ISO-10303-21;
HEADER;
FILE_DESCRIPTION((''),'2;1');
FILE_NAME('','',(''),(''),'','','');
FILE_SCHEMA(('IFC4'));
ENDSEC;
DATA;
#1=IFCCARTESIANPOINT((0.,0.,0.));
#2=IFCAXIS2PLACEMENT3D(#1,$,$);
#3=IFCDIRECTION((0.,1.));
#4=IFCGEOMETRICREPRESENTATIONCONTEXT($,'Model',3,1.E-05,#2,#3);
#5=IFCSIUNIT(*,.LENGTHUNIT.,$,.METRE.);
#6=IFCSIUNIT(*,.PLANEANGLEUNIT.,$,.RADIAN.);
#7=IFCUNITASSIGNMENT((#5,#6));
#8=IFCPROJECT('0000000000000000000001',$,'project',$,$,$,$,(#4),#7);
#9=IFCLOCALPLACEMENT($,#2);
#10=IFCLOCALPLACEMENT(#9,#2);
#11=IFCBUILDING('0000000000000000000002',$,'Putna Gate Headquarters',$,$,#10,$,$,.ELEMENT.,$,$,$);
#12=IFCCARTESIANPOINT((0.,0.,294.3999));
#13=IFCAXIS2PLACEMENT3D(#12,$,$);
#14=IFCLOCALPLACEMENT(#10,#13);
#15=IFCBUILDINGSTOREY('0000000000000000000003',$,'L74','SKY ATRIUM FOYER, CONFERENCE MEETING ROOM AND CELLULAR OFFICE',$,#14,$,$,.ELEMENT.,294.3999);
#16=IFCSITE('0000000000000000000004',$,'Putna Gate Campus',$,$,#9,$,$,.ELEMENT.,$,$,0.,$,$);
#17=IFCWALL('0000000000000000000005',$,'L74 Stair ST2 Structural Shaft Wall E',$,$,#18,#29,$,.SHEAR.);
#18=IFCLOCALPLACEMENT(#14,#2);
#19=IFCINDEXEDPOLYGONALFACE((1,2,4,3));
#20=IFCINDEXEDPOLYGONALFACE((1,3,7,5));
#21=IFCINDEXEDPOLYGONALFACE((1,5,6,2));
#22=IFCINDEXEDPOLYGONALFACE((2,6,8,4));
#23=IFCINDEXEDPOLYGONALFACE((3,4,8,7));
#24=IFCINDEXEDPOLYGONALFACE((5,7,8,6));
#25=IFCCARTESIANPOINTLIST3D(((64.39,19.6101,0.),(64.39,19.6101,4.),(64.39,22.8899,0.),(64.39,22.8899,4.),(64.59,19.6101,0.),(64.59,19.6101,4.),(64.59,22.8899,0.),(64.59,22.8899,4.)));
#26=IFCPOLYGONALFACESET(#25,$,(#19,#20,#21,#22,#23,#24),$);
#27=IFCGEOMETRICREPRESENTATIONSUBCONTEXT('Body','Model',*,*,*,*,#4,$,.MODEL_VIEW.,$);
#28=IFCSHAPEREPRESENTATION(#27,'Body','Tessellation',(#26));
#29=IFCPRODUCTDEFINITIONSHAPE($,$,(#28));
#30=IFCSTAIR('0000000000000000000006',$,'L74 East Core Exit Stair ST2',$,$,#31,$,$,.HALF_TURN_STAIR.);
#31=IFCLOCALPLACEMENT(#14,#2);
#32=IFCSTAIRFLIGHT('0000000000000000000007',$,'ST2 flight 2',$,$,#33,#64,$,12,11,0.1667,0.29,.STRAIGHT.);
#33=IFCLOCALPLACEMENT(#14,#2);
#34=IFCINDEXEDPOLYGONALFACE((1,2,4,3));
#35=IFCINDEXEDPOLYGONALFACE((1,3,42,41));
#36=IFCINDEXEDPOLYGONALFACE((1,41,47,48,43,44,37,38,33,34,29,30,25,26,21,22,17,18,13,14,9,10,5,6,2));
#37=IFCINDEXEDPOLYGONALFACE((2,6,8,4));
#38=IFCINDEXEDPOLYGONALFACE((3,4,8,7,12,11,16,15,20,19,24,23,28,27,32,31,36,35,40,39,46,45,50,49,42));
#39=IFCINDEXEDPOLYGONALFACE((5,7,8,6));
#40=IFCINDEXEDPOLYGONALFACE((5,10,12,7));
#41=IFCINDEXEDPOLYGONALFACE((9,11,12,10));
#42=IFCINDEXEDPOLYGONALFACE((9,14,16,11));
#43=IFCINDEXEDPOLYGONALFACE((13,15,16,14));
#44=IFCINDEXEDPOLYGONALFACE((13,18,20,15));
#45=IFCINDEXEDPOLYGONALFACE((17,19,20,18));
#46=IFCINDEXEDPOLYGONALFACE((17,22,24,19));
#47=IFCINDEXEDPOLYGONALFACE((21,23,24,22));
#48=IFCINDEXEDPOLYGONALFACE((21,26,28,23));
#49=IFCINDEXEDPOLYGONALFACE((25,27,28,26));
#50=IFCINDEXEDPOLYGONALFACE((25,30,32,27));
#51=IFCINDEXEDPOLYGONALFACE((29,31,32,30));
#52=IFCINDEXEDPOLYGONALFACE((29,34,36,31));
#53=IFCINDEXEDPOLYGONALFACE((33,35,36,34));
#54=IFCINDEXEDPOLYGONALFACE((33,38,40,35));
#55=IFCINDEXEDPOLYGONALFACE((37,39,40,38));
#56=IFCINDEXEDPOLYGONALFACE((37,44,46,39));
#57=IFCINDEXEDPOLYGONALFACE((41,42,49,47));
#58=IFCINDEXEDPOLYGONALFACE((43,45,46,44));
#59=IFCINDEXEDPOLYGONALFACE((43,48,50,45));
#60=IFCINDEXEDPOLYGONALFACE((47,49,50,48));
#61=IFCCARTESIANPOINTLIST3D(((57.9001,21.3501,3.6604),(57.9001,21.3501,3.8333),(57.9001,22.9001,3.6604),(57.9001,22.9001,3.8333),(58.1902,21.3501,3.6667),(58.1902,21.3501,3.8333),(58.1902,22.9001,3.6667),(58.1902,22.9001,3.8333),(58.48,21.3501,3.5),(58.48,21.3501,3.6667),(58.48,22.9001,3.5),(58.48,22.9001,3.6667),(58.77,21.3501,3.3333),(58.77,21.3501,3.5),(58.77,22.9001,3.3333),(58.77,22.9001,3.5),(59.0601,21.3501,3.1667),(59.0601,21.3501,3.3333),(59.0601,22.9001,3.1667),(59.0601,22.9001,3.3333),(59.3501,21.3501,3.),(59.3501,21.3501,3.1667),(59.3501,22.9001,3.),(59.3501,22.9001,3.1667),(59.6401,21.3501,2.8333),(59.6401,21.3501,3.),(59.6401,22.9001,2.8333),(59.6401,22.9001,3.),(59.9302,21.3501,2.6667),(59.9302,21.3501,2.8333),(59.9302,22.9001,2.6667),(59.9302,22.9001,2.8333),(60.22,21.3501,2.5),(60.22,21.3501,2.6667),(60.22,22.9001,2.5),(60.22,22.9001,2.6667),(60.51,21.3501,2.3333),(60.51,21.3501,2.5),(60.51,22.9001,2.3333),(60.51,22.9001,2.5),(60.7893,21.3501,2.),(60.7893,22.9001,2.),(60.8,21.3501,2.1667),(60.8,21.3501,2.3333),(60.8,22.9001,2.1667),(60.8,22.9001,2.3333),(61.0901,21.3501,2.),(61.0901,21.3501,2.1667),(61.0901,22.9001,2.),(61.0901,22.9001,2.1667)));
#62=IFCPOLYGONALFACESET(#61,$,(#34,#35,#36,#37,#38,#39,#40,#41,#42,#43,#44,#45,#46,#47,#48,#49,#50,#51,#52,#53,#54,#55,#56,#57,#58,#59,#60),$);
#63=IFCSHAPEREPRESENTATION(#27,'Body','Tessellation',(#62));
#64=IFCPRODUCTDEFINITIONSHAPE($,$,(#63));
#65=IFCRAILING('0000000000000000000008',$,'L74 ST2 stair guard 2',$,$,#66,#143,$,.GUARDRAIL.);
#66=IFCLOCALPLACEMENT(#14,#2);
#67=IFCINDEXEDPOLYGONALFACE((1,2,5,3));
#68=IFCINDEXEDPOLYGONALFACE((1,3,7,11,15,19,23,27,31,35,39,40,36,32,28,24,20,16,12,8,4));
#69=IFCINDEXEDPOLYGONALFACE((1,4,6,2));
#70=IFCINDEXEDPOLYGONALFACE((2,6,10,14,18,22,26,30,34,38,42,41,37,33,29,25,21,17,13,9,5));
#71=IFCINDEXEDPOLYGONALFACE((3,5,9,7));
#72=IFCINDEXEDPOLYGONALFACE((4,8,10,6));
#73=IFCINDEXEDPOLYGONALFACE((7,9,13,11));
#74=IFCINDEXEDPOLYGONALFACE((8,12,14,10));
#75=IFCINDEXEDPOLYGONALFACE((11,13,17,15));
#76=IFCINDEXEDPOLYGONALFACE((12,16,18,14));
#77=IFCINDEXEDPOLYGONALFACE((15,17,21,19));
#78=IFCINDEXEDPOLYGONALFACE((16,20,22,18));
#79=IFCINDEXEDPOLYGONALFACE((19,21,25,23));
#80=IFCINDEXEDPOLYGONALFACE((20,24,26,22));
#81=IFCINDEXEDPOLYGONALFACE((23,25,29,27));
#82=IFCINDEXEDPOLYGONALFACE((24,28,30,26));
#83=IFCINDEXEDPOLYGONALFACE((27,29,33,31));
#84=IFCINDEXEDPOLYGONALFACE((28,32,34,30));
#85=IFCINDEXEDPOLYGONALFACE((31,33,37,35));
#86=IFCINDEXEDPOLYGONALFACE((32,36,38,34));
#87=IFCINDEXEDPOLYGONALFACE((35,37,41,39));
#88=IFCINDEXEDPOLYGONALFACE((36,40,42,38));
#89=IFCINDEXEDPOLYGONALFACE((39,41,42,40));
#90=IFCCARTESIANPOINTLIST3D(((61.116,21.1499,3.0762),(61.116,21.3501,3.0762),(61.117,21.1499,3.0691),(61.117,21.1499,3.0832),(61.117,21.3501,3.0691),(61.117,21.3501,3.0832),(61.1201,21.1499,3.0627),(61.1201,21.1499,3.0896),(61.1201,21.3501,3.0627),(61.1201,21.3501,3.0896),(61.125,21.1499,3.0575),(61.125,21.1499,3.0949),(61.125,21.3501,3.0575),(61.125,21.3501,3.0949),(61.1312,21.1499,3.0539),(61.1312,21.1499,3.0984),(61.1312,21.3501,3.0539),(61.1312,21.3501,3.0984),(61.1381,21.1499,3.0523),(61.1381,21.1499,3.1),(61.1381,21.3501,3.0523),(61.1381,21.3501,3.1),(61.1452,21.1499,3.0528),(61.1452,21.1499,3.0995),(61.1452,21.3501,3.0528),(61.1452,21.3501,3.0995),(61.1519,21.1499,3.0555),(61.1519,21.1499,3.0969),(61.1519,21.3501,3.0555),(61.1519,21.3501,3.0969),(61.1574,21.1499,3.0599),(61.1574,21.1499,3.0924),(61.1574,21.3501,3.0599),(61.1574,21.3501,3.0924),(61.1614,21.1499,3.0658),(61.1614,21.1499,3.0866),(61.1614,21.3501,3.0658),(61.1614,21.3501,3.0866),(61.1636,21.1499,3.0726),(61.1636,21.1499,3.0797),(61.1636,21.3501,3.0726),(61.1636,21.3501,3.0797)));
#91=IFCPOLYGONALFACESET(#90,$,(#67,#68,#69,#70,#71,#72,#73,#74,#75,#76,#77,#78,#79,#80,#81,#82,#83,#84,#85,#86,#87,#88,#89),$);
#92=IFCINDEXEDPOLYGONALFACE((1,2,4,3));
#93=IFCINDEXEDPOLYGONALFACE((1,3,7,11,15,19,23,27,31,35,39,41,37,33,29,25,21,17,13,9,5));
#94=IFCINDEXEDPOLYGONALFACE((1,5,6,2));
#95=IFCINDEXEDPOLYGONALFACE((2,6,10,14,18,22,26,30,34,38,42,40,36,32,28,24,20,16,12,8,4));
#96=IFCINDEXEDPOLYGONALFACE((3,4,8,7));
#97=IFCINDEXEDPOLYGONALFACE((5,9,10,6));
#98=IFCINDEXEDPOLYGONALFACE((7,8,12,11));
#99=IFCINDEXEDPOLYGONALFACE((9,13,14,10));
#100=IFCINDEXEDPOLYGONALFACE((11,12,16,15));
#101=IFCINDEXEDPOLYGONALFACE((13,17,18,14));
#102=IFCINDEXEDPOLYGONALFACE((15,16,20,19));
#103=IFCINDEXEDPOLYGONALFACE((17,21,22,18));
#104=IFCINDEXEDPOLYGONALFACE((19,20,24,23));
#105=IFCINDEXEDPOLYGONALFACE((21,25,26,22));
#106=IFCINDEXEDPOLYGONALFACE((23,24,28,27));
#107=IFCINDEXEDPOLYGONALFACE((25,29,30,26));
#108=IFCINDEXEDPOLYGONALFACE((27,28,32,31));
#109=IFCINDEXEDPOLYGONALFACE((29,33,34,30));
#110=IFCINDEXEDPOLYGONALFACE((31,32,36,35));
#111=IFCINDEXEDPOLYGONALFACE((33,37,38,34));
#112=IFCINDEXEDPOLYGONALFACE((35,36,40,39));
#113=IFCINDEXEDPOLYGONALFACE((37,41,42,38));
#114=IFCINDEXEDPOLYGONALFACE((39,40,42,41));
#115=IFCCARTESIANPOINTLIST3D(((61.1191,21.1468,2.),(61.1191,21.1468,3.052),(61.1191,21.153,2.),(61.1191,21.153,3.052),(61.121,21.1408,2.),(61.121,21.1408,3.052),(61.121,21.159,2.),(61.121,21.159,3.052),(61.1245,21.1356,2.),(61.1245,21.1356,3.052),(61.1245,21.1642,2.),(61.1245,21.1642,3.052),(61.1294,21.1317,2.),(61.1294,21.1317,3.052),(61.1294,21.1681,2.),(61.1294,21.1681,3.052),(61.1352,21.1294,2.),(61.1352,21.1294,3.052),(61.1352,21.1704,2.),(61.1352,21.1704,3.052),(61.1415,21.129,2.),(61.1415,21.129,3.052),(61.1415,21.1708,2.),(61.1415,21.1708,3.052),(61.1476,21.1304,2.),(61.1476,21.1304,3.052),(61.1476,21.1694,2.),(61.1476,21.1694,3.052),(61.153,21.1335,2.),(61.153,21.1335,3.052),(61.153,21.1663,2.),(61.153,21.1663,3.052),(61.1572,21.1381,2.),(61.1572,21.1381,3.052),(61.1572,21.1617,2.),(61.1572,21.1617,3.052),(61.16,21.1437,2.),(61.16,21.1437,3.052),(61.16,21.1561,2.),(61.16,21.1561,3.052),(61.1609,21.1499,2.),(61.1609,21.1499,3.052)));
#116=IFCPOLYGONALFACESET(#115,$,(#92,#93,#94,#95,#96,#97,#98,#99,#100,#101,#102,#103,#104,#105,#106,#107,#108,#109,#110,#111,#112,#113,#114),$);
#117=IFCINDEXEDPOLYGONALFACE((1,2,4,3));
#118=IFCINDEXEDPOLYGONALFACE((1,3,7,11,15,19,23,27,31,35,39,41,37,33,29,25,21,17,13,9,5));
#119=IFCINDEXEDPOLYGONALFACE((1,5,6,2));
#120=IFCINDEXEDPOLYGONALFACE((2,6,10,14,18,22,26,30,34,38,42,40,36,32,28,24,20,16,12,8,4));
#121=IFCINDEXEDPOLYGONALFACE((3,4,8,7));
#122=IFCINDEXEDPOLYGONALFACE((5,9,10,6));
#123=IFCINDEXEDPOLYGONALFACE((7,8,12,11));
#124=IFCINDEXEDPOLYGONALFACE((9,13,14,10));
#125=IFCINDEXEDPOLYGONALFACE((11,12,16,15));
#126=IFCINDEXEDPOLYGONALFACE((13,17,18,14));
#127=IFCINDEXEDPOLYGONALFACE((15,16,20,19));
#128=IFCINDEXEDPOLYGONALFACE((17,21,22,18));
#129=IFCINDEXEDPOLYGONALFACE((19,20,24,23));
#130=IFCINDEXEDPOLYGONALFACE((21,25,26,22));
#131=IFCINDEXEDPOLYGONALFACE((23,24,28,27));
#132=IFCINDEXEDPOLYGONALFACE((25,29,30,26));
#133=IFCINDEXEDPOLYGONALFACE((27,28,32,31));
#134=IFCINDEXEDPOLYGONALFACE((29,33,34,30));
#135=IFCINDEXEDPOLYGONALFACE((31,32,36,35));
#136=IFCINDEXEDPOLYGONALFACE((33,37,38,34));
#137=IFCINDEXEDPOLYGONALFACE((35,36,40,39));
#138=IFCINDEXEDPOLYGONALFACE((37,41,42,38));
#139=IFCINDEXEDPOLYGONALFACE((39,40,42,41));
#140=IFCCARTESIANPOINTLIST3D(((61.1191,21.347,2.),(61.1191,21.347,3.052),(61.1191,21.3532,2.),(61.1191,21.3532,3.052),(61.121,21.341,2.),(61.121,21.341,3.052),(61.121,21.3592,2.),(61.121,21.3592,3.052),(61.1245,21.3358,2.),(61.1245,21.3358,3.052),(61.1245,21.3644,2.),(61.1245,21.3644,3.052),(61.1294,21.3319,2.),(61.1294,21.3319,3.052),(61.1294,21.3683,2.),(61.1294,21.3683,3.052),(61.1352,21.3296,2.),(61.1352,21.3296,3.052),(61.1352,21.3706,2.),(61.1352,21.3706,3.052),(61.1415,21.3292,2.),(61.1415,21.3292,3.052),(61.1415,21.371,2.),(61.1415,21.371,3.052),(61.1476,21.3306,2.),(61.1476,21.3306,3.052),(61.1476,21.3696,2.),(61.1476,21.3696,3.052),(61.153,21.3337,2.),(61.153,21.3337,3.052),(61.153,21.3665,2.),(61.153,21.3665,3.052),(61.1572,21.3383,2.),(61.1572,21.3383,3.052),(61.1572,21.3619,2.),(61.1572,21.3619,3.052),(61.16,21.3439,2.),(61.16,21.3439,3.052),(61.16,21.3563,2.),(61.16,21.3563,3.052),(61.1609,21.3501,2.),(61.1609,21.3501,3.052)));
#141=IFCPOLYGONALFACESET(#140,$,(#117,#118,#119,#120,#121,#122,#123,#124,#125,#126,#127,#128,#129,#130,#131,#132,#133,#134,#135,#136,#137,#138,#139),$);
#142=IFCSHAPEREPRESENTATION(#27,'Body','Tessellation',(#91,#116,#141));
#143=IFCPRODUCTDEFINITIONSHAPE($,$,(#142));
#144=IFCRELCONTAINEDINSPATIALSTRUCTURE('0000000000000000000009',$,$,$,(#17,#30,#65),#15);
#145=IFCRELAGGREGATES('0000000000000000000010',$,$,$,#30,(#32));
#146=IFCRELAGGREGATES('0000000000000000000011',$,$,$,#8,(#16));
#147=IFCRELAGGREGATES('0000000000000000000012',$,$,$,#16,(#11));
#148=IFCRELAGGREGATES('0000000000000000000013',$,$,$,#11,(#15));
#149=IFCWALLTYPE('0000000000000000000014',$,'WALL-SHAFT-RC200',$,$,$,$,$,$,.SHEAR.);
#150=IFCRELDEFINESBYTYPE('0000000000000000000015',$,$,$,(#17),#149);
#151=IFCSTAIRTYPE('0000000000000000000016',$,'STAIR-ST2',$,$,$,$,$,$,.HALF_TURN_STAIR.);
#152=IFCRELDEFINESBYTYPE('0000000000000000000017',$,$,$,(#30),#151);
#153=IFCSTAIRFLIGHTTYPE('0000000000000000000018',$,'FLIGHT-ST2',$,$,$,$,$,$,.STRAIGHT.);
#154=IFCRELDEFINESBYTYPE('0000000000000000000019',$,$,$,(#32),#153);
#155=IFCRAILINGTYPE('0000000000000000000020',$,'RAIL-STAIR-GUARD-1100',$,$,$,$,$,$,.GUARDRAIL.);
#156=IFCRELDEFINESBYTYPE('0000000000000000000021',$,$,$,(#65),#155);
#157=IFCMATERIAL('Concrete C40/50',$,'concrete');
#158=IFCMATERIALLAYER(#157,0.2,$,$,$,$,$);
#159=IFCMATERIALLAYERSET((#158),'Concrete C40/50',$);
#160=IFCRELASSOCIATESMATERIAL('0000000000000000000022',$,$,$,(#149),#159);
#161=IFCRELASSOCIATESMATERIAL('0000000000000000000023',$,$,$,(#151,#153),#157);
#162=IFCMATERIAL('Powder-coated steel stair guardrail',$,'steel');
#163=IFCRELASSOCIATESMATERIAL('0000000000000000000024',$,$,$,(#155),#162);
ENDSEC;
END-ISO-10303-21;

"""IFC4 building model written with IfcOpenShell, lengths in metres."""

from ifc_helpers import new_model, si_unit, direction, frame, frame_2d, origin, origin_2d, place, context, subcontext, project, spatial, polyline, rectangle, circle, outline, extrude, material, layer, layer_set, type_object, element, aggregate, save


model = new_model("IFC4")

# Units and contexts
model_context = context("Model", 3, precision=1e-05, world=origin(), true_north=direction((0.0, 1.0)))
body_context = subcontext(model_context, "Body", "Model", "MODEL_VIEW")
ifc_project = project(units=[si_unit("LENGTHUNIT", "METRE"), si_unit("PLANEANGLEUNIT", "RADIAN")], contexts=[model_context])

# Site, building, storey
site_placement = place(None, origin())
site = spatial("IfcSite", under=ifc_project, at=site_placement, Name="Putna Gate Campus", CompositionType="ELEMENT", RefElevation=0.0)
building_placement = place(site_placement, origin())
building = spatial("IfcBuilding", under=site, at=building_placement, Name="Putna Gate Headquarters", CompositionType="ELEMENT")
storey_placement = place(building_placement, frame((0.0, 0.0, 294.3999)))
storey = spatial("IfcBuildingStorey", under=building, at=storey_placement, Name="L74", Description="SKY ATRIUM FOYER, CONFERENCE MEETING ROOM AND CELLULAR OFFICE", CompositionType="ELEMENT", Elevation=294.3999)

# Wall
ifc_material_1 = material(Name="Concrete C40/50", Category="concrete")
ifc_layer_1 = layer(ifc_material_1, 0.2)
ifc_layer_set_1 = layer_set([ifc_layer_1], Name="Concrete C40/50")
wall_type_1 = type_object("IfcWallType", Name="WALL-SHAFT-RC200", PredefinedType="SHEAR", material=ifc_layer_set_1)
wall_1_placement = place(storey_placement, frame((64.49, 19.6101, 0.0), z_axis=(0.0, 0.0, 1.0), x_axis=(0.0, 1.0, 0.0)))
element("IfcWall", 1, at=wall_1_placement, inside=storey, type_object=wall_type_1, Name="L74 Stair ST2 Structural Shaft Wall E", PredefinedType="SHEAR", context=body_context, shape_type="SweptSolid", body=[
    extrude(rectangle(XDim=3.2798, YDim=0.2, at=frame_2d((1.6399, 0.0))), origin(), (0.0, 0.0, 1.0), 4.0),
])

# Stair, stair flight
stair_type = type_object("IfcStairType", Name="STAIR-ST2", PredefinedType="HALF_TURN_STAIR", material=ifc_material_1)
stair_placement = place(storey_placement, origin())
stair = element("IfcStair", 2, at=stair_placement, inside=storey, type_object=stair_type, Name="L74 East Core Exit Stair ST2", PredefinedType="HALF_TURN_STAIR")
stair_flight_type = type_object("IfcStairFlightType", Name="FLIGHT-ST2", PredefinedType="STRAIGHT", material=ifc_material_1)
stair_flight_placement = place(storey_placement, frame((61.0901, 22.125, 2.0), z_axis=(0.0, 0.0, 1.0), x_axis=(-1.0, 0.0, 0.0)))
stair_flight = element("IfcStairFlight", 3, at=stair_flight_placement, type_object=stair_flight_type, Name="ST2 flight 2", NumberOfRisers=12, NumberOfTreads=11, PredefinedType="STRAIGHT", RiserHeight=0.1667, TreadLength=0.29, context=body_context, shape_type="SweptSolid", body=[
    extrude(outline(polyline([(0.0, 0.0), (0.0, 0.1667), (0.29, 0.1667), (0.29, 0.3333), (0.5801, 0.3333), (0.5801, 0.5), (0.8701, 0.5), (0.8701, 0.6667), (1.1599, 0.6667), (1.1599, 0.8333), (1.45, 0.8333), (1.45, 1.0), (1.74, 1.0), (1.74, 1.1667), (2.03, 1.1667), (2.03, 1.3333), (2.3201, 1.3333), (2.3201, 1.5), (2.6101, 1.5), (2.6101, 1.6667), (2.8999, 1.6667), (2.8999, 1.8333), (3.1899, 1.8333), (3.1899, 2.0), (3.1899, 1.6604), (0.3008, 0.0), (0.0, 0.0)])), frame((0.0, 0.7749, 0.0), z_axis=(0.0, -1.0, 0.0), x_axis=(1.0, 0.0, 0.0)), (0.0, 0.0, 1.0), 1.55),
])
aggregate(stair, [stair_flight])

# Railing
ifc_material_2 = material(Name="Powder-coated steel stair guardrail", Category="steel")
railing_type_1 = type_object("IfcRailingType", Name="RAIL-STAIR-GUARD-1100", PredefinedType="GUARDRAIL", material=ifc_material_2)
railing_1_placement = place(storey_placement, frame((61.1399, 21.1499, 2.0)))
element("IfcRailing", 4, at=railing_1_placement, inside=storey, type_object=railing_type_1, Name="L74 ST2 stair guard 2", PredefinedType="GUARDRAIL", context=body_context, shape_type="SweptSolid", body=[
    extrude(circle(Radius=0.0239, at=origin_2d()), frame((0.0, 0.0, 1.0762), z_axis=(0.0, 1.0, 0.0), x_axis=(-1.0, 0.0, 0.0)), (0.0, 0.0, 1.0), 0.2002),
    extrude(circle(Radius=0.021, at=origin_2d()), origin(), (0.0, 0.0, 1.0), 1.052),
    extrude(circle(Radius=0.021, at=origin_2d()), frame((0.0, 0.2002, 0.0)), (0.0, 0.0, 1.0), 1.052),
])

save(model, "model.ifc")
